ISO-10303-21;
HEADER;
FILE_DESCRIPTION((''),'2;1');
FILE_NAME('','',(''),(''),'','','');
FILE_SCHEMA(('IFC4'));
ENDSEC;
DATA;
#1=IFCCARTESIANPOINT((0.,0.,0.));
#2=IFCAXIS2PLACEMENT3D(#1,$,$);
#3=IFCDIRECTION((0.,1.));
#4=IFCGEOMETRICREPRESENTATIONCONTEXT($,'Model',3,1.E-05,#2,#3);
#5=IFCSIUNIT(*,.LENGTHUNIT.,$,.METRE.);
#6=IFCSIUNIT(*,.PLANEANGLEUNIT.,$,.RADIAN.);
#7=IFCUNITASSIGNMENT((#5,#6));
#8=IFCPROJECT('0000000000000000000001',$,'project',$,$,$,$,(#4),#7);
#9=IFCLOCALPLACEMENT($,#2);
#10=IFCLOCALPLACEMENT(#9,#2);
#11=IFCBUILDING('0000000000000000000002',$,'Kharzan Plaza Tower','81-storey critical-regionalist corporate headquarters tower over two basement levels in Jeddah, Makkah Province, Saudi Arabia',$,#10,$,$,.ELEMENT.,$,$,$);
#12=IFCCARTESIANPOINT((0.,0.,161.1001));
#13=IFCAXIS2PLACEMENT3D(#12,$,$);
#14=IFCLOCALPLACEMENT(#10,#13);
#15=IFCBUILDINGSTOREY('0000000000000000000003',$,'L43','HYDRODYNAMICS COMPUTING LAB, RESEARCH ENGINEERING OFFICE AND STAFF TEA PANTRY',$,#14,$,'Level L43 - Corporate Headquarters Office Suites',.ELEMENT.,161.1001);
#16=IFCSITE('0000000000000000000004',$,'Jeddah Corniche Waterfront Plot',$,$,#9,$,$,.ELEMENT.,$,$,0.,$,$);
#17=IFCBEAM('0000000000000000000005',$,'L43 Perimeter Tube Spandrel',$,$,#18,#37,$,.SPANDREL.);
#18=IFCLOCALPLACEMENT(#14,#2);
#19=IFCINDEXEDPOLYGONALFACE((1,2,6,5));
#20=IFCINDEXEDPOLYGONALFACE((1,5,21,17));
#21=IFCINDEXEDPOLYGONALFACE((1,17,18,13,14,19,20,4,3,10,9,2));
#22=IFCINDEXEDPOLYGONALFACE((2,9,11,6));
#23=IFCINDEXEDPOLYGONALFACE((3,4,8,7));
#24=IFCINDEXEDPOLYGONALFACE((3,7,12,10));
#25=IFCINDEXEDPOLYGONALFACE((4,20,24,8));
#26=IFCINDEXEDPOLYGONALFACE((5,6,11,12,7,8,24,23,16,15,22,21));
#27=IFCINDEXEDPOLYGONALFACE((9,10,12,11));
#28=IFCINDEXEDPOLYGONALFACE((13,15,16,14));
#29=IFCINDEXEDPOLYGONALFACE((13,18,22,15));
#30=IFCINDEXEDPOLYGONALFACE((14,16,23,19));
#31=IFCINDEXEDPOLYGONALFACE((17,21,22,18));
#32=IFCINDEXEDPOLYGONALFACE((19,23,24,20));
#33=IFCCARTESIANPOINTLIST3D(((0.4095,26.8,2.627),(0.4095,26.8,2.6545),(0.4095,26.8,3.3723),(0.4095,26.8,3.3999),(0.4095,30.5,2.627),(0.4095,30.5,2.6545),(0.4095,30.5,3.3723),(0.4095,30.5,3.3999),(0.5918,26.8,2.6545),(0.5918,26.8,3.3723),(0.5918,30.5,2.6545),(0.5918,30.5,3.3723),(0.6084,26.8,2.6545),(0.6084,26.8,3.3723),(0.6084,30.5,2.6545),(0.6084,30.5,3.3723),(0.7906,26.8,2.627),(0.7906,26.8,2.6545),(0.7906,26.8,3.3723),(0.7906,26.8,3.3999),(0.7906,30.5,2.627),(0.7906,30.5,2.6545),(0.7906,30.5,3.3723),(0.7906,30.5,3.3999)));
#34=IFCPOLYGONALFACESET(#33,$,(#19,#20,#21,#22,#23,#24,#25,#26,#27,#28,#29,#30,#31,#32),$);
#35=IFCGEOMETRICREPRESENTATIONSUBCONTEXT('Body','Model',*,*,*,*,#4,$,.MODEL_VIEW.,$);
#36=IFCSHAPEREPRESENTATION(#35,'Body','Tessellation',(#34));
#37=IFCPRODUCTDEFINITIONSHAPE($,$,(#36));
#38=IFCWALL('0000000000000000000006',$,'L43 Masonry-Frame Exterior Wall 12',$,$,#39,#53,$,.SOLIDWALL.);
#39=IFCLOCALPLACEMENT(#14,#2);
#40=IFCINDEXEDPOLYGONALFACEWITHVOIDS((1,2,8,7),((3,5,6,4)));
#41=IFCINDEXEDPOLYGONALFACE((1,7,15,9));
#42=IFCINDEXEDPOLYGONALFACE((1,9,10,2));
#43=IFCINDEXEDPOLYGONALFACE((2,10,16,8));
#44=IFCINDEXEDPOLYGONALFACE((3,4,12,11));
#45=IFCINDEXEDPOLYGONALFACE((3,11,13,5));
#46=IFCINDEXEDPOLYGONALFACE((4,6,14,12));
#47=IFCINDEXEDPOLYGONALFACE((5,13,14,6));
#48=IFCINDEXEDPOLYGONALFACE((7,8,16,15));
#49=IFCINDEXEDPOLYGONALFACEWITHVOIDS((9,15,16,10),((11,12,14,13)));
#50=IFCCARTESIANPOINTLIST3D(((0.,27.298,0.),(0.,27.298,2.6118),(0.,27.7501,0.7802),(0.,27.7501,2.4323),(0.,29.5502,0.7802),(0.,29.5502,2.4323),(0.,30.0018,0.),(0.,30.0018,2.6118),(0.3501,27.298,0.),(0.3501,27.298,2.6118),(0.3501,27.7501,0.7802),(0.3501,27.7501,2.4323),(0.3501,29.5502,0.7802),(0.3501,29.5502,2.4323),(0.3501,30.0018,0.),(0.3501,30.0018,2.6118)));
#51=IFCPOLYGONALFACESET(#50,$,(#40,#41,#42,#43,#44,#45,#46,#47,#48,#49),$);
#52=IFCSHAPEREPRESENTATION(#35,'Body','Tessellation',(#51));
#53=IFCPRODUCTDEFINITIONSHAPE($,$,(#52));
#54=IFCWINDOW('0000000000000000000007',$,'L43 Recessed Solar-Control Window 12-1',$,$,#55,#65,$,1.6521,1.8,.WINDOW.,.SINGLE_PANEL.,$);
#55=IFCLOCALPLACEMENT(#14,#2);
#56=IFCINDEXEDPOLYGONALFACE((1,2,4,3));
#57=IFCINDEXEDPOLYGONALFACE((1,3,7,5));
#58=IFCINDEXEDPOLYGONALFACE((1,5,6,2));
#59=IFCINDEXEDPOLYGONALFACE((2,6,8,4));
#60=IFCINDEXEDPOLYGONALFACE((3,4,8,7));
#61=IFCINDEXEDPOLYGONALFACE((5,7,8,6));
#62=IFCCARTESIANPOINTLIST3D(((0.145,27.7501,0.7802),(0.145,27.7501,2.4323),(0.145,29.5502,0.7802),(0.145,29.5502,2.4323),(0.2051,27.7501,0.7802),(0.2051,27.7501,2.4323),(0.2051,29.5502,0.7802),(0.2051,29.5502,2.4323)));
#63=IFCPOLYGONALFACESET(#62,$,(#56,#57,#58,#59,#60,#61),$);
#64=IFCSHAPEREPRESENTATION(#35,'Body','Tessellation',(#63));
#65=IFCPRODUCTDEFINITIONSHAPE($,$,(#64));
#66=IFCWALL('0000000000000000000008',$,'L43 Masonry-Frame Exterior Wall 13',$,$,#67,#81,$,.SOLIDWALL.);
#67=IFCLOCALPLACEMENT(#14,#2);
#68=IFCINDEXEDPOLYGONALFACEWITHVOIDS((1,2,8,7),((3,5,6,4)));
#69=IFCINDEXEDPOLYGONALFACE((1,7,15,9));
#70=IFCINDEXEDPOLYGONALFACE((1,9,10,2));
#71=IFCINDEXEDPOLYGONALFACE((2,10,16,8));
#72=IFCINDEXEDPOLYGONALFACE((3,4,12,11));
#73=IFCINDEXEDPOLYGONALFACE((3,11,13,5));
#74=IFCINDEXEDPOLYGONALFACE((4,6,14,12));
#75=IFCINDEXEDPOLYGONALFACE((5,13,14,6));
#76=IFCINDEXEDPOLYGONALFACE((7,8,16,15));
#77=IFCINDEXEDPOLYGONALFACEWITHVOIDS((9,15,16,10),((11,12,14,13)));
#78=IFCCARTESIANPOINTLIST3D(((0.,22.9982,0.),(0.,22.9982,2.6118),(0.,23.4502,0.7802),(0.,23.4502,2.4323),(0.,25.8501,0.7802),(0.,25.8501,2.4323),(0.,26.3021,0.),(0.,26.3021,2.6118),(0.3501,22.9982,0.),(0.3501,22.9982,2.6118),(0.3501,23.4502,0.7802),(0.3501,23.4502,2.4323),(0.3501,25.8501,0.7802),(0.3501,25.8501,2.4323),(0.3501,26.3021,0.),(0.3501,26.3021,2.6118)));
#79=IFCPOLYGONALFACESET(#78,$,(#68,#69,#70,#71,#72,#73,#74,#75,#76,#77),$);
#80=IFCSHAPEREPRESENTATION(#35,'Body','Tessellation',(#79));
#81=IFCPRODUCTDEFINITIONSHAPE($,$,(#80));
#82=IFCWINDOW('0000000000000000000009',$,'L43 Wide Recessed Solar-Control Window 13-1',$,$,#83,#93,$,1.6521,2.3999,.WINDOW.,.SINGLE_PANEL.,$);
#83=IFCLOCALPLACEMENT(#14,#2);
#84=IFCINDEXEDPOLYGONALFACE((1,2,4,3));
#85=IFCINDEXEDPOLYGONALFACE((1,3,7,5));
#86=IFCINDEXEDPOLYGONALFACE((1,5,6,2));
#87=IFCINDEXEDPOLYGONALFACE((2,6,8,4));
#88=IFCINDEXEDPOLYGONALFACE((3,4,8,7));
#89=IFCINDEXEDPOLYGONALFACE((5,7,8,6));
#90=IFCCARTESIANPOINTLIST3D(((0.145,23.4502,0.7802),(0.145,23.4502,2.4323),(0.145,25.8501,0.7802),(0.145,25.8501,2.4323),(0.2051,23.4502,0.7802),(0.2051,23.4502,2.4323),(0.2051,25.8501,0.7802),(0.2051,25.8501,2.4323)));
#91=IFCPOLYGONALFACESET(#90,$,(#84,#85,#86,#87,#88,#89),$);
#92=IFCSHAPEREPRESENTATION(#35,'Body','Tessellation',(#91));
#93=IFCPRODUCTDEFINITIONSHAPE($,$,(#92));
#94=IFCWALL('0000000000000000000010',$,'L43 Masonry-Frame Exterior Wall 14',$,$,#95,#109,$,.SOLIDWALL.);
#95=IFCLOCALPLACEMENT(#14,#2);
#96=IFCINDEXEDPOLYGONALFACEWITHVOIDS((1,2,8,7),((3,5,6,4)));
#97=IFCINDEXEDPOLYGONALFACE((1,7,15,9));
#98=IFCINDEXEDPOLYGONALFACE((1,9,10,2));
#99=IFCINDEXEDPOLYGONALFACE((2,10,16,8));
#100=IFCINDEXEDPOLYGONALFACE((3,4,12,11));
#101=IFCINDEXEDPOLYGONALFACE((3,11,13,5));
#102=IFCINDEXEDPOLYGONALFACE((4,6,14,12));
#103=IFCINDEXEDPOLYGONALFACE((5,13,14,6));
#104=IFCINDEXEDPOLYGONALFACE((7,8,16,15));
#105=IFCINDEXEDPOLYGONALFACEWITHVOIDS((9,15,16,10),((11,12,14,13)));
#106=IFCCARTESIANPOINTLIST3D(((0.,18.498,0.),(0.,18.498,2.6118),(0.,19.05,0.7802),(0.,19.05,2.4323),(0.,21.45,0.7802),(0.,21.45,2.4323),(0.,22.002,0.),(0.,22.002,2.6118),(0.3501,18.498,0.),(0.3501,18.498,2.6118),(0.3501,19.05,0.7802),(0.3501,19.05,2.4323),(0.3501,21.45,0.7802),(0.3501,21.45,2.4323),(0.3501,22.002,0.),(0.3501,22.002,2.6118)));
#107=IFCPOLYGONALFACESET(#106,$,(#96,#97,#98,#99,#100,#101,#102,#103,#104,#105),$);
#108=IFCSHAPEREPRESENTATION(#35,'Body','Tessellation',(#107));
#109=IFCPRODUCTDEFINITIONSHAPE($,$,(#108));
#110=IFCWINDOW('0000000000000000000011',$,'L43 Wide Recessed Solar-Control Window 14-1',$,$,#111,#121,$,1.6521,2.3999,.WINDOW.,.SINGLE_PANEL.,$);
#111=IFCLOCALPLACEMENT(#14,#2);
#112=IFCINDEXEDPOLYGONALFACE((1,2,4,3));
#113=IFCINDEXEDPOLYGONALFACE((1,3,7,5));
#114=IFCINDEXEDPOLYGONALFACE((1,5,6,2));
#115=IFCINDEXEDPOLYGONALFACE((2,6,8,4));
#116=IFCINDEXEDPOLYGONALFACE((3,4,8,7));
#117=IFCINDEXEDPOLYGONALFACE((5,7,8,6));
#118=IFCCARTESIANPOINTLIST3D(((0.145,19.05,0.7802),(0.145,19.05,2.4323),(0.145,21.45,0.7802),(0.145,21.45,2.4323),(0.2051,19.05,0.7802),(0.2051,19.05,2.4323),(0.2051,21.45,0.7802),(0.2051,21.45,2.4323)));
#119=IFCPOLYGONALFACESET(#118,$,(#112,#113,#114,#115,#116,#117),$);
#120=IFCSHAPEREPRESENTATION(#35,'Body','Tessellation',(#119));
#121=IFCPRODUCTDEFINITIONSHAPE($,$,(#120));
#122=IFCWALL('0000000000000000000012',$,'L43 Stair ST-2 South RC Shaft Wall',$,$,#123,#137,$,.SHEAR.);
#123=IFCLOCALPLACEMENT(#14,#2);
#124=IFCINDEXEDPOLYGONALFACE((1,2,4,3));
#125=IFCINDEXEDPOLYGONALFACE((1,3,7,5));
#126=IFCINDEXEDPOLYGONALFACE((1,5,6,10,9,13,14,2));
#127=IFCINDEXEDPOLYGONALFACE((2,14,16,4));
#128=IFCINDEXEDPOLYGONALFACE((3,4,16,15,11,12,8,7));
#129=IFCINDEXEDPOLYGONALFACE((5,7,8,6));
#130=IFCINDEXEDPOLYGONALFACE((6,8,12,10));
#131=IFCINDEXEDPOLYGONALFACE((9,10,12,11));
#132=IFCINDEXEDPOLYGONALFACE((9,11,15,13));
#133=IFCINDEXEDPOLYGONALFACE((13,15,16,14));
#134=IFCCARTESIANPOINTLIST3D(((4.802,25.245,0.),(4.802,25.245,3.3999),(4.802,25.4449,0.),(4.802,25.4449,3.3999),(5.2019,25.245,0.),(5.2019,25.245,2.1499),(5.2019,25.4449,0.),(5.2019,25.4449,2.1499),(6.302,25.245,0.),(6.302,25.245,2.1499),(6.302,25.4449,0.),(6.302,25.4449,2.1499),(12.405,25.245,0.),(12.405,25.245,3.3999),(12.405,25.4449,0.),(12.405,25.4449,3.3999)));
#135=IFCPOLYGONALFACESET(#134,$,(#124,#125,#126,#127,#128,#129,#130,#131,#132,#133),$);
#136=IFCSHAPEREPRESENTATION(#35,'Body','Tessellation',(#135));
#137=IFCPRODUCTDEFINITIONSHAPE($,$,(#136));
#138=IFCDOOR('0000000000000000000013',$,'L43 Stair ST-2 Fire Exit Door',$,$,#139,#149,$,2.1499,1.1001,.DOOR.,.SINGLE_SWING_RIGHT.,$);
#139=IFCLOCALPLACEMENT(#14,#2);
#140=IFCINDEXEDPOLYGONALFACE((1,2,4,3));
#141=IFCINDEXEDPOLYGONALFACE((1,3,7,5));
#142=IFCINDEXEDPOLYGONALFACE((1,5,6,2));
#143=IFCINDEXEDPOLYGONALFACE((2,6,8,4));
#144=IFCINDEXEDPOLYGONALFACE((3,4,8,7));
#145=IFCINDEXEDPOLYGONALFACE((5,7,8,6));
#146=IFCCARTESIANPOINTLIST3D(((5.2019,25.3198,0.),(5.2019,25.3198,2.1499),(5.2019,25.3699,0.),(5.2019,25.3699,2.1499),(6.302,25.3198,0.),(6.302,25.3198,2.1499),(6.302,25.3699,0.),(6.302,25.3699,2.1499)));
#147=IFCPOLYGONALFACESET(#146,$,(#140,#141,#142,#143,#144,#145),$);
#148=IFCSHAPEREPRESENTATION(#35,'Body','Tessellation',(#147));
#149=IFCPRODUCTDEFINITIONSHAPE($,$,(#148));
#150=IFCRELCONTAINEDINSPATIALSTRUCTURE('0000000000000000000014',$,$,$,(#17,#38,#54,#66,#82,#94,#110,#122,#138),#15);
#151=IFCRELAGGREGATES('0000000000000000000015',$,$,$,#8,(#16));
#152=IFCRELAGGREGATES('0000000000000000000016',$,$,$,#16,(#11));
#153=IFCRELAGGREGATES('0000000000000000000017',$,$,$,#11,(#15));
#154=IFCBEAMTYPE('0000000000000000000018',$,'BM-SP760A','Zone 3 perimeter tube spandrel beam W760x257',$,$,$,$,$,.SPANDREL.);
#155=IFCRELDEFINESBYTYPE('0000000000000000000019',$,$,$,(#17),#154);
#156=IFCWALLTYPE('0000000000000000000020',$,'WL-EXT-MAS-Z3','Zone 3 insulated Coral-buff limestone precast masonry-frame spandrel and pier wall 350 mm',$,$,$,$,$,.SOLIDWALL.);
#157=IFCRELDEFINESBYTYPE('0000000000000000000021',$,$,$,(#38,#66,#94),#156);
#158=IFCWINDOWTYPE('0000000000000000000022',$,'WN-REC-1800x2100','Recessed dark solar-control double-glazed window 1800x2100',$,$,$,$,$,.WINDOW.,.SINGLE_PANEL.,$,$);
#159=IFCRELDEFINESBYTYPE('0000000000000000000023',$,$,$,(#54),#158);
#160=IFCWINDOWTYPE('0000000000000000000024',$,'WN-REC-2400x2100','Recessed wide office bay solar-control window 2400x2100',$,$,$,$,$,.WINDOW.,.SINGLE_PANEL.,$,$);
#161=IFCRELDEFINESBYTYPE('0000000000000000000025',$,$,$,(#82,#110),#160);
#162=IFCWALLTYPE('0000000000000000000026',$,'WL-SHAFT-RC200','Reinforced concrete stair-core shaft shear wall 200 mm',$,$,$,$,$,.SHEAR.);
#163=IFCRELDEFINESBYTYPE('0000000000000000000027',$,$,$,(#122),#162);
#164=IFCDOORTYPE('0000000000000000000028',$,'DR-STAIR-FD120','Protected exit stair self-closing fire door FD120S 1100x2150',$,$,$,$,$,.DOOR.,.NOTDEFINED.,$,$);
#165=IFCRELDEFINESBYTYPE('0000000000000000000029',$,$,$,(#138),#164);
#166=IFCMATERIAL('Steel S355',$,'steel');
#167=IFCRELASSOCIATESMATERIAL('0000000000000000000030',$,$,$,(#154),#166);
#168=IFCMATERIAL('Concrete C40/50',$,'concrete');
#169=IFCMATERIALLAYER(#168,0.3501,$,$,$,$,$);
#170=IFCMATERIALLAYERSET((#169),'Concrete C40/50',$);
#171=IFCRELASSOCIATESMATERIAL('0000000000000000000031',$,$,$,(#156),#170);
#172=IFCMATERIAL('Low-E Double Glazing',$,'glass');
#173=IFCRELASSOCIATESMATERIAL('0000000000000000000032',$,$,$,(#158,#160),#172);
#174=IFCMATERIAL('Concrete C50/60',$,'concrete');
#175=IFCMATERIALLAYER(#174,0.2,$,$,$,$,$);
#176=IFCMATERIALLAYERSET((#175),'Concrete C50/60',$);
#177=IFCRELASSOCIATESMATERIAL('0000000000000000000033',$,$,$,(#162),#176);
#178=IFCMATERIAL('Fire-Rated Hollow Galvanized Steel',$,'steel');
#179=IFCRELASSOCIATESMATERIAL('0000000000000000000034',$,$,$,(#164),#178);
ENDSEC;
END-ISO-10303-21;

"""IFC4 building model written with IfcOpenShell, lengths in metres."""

from ifc_helpers import new_model, si_unit, direction, frame, frame_2d, origin, origin_2d, place, context, subcontext, project, spatial, rectangle, i_section, extrude, source, transform, mapped, material, layer, layer_set, material_profile, profile_set, type_object, element, fill, save


model = new_model("IFC4")

# Units and contexts
model_context = context("Model", 3, precision=1e-05, world=origin(), true_north=direction((0.0, 1.0)))
body_context = subcontext(model_context, "Body", "Model", "MODEL_VIEW")
ifc_project = project(units=[si_unit("LENGTHUNIT", "METRE"), si_unit("PLANEANGLEUNIT", "RADIAN")], contexts=[model_context])

# Site, building, storey
site_placement = place(None, origin())
site = spatial("IfcSite", under=ifc_project, at=site_placement, Name="Jeddah Corniche Waterfront Plot", CompositionType="ELEMENT", RefElevation=0.0)
building_placement = place(site_placement, origin())
building = spatial("IfcBuilding", under=site, at=building_placement, Name="Kharzan Plaza Tower", Description="81-storey critical-regionalist corporate headquarters tower over two basement levels in Jeddah, Makkah Province, Saudi Arabia", CompositionType="ELEMENT")
storey_placement = place(building_placement, frame((0.0, 0.0, 161.1001)))
storey = spatial("IfcBuildingStorey", under=building, at=storey_placement, Name="L43", Description="HYDRODYNAMICS COMPUTING LAB, RESEARCH ENGINEERING OFFICE AND STAFF TEA PANTRY", LongName="Level L43 - Corporate Headquarters Office Suites", CompositionType="ELEMENT", Elevation=161.1001)

# Shared definitions
ifc_material_1 = material(Name="Concrete C50/60", Category="concrete")

# Beam
ifc_material_2 = material(Name="Steel S355", Category="steel")
ifc_material_profile_1 = material_profile(ifc_material_2, i_section(OverallWidth=0.3811, OverallDepth=0.7729, WebThickness=0.0166, FlangeThickness=0.0276, at=origin_2d()), Name="W760x257")
ifc_profile_set_1 = profile_set([ifc_material_profile_1], Name="Steel S355")
beam_type_1 = type_object("IfcBeamType", Name="BM-SP760A", Description="Zone 3 perimeter tube spandrel beam W760x257", PredefinedType="SPANDREL", material=ifc_profile_set_1)
shared_shape_1 = source(origin(), body_context, "Body", "SweptSolid", [
    extrude(i_section(OverallWidth=0.3811, OverallDepth=0.7729, WebThickness=0.0166, FlangeThickness=0.0276, at=origin_2d()), origin(), (0.0, 0.0, 1.0), 3.7),
])
beam_1_placement = place(storey_placement, frame((0.6001, 26.8, 3.0134), z_axis=(0.0, 1.0, 0.0), x_axis=(-1.0, 0.0, 0.0)))
element("IfcBeam", 1, at=beam_1_placement, inside=storey, type_object=beam_type_1, Name="L43 Perimeter Tube Spandrel", PredefinedType="SPANDREL", context=body_context, shape_type="MappedRepresentation", body=[
    mapped(shared_shape_1, transform((0.0, 0.0, 0.0), x_axis=(1.0, 0.0, 0.0), y_axis=(0.0, 1.0, 0.0), z_axis=(0.0, 0.0, 1.0))),
])

# Walls, openings, windows
ifc_material_3 = material(Name="Concrete C40/50", Category="concrete")
ifc_layer_1 = layer(ifc_material_3, 0.3501)
ifc_layer_set_1 = layer_set([ifc_layer_1], Name="Concrete C40/50")
wall_type_1 = type_object("IfcWallType", Name="WL-EXT-MAS-Z3", Description="Zone 3 insulated Coral-buff limestone precast masonry-frame spandrel and pier wall 350 mm", PredefinedType="SOLIDWALL", material=ifc_layer_set_1)
wall_1_placement = place(storey_placement, frame((0.175, 30.002, 0.0), z_axis=(0.0, 0.0, 1.0), x_axis=(0.0, -1.0, 0.0)))
wall_1 = element("IfcWall", 2, at=wall_1_placement, inside=storey, type_object=wall_type_1, Name="L43 Masonry-Frame Exterior Wall 12", PredefinedType="SOLIDWALL", context=body_context, shape_type="SweptSolid", body=[
    extrude(rectangle(XDim=2.7039, YDim=0.3501, at=frame_2d((1.3521, 0.0))), origin(), (0.0, 0.0, 1.0), 2.6118),
])
opening_1_placement = place(wall_1_placement, frame((0.4519, 0.0, 0.78)))
opening_1 = element("IfcOpeningElement", 3, at=opening_1_placement, cuts=wall_1, PredefinedType="OPENING", context=body_context, shape_type="SweptSolid", body=[
    extrude(rectangle(XDim=1.8, YDim=1.6521, at=frame_2d((0.8999, 0.8262))), frame((0.0, 0.1851, 0.0), z_axis=(0.0, -1.0, 0.0), x_axis=(1.0, 0.0, 0.0)), (0.0, 0.0, 1.0), 0.3701),
])
ifc_material_4 = material(Name="Low-E Double Glazing", Category="glass")
window_type_1 = type_object("IfcWindowType", Name="WN-REC-1800x2100", Description="Recessed dark solar-control double-glazed window 1800x2100", PartitioningType="SINGLE_PANEL", PredefinedType="WINDOW", material=ifc_material_4)
shared_shape_2 = source(origin(), body_context, "Body", "SweptSolid", [
    extrude(rectangle(XDim=1.8, YDim=1.6521, at=frame_2d((0.8999, 0.8262))), frame((0.0, 0.03, 0.0), z_axis=(0.0, -1.0, 0.0), x_axis=(1.0, 0.0, 0.0)), (0.0, 0.0, 1.0), 0.0601),
])
window_1_placement = place(opening_1_placement, origin())
window_1 = element("IfcWindow", 4, at=window_1_placement, inside=storey, type_object=window_type_1, Name="L43 Recessed Solar-Control Window 12-1", OverallHeight=1.6521, OverallWidth=1.8, PartitioningType="SINGLE_PANEL", PredefinedType="WINDOW", context=body_context, shape_type="MappedRepresentation", body=[
    mapped(shared_shape_2, transform((0.0, 0.0, 0.0), x_axis=(1.0, 0.0, 0.0), y_axis=(0.0, 1.0, 0.0), z_axis=(0.0, 0.0, 1.0))),
])
fill(opening_1, window_1)
wall_2_placement = place(storey_placement, frame((0.175, 26.302, 0.0), z_axis=(0.0, 0.0, 1.0), x_axis=(0.0, -1.0, 0.0)))
wall_2 = element("IfcWall", 5, at=wall_2_placement, inside=storey, type_object=wall_type_1, Name="L43 Masonry-Frame Exterior Wall 13", PredefinedType="SOLIDWALL", context=body_context, shape_type="SweptSolid", body=[
    extrude(rectangle(XDim=3.304, YDim=0.3501, at=frame_2d((1.6519, 0.0))), origin(), (0.0, 0.0, 1.0), 2.6118),
])
opening_2_placement = place(wall_2_placement, frame((0.4519, 0.0, 0.78)))
opening_2 = element("IfcOpeningElement", 6, at=opening_2_placement, cuts=wall_2, PredefinedType="OPENING", context=body_context, shape_type="SweptSolid", body=[
    extrude(rectangle(XDim=2.3999, YDim=1.6521, at=frame_2d((1.2, 0.8262))), frame((0.0, 0.1851, 0.0), z_axis=(0.0, -1.0, 0.0), x_axis=(1.0, 0.0, 0.0)), (0.0, 0.0, 1.0), 0.3701),
])
window_type_2 = type_object("IfcWindowType", Name="WN-REC-2400x2100", Description="Recessed wide office bay solar-control window 2400x2100", PartitioningType="SINGLE_PANEL", PredefinedType="WINDOW", material=ifc_material_4)
shared_shape_3 = source(origin(), body_context, "Body", "SweptSolid", [
    extrude(rectangle(XDim=2.3999, YDim=1.6521, at=frame_2d((1.2, 0.8262))), frame((0.0, 0.03, 0.0), z_axis=(0.0, -1.0, 0.0), x_axis=(1.0, 0.0, 0.0)), (0.0, 0.0, 1.0), 0.0601),
])
window_2_placement = place(opening_2_placement, origin())
window_2 = element("IfcWindow", 7, at=window_2_placement, inside=storey, type_object=window_type_2, Name="L43 Wide Recessed Solar-Control Window 13-1", OverallHeight=1.6521, OverallWidth=2.3999, PartitioningType="SINGLE_PANEL", PredefinedType="WINDOW", context=body_context, shape_type="MappedRepresentation", body=[
    mapped(shared_shape_3, transform((0.0, 0.0, 0.0), x_axis=(1.0, 0.0, 0.0), y_axis=(0.0, 1.0, 0.0), z_axis=(0.0, 0.0, 1.0))),
])
fill(opening_2, window_2)
wall_3_placement = place(storey_placement, frame((0.175, 22.002, 0.0), z_axis=(0.0, 0.0, 1.0), x_axis=(0.0, -1.0, 0.0)))
wall_3 = element("IfcWall", 8, at=wall_3_placement, inside=storey, type_object=wall_type_1, Name="L43 Masonry-Frame Exterior Wall 14", PredefinedType="SOLIDWALL", context=body_context, shape_type="SweptSolid", body=[
    extrude(rectangle(XDim=3.5039, YDim=0.3501, at=frame_2d((1.752, 0.0))), origin(), (0.0, 0.0, 1.0), 2.6118),
])
opening_3_placement = place(wall_3_placement, frame((0.552, 0.0, 0.78)))
opening_3 = element("IfcOpeningElement", 9, at=opening_3_placement, cuts=wall_3, PredefinedType="OPENING", context=body_context, shape_type="SweptSolid", body=[
    extrude(rectangle(XDim=2.3999, YDim=1.6521, at=frame_2d((1.2, 0.8262))), frame((0.0, 0.1851, 0.0), z_axis=(0.0, -1.0, 0.0), x_axis=(1.0, 0.0, 0.0)), (0.0, 0.0, 1.0), 0.3701),
])
window_3_placement = place(opening_3_placement, origin())
window_3 = element("IfcWindow", 10, at=window_3_placement, inside=storey, type_object=window_type_2, Name="L43 Wide Recessed Solar-Control Window 14-1", OverallHeight=1.6521, OverallWidth=2.3999, PartitioningType="SINGLE_PANEL", PredefinedType="WINDOW", context=body_context, shape_type="MappedRepresentation", body=[
    mapped(shared_shape_3, transform((0.0, 0.0, 0.0), x_axis=(1.0, 0.0, 0.0), y_axis=(0.0, 1.0, 0.0), z_axis=(0.0, 0.0, 1.0))),
])
fill(opening_3, window_3)

# Wall, opening, door
ifc_layer_2 = layer(ifc_material_1, 0.2)
ifc_layer_set_2 = layer_set([ifc_layer_2], Name="Concrete C50/60")
wall_type_2 = type_object("IfcWallType", Name="WL-SHAFT-RC200", Description="Reinforced concrete stair-core shaft shear wall 200 mm", PredefinedType="SHEAR", material=ifc_layer_set_2)
wall_4_placement = place(storey_placement, frame((4.802, 25.345, 0.0), z_axis=(0.0, 0.0, 1.0), x_axis=(1.0, 0.0, 0.0)))
wall_4 = element("IfcWall", 11, at=wall_4_placement, inside=storey, type_object=wall_type_2, Name="L43 Stair ST-2 South RC Shaft Wall", PredefinedType="SHEAR", context=body_context, shape_type="SweptSolid", body=[
    extrude(rectangle(XDim=7.603, YDim=0.2, at=frame_2d((3.8015, 0.0))), origin(), (0.0, 0.0, 1.0), 3.3999),
])
opening_4_placement = place(wall_4_placement, frame((0.3999, 0.0, 0.0)))
opening_4 = element("IfcOpeningElement", 12, at=opening_4_placement, cuts=wall_4, PredefinedType="OPENING", context=body_context, shape_type="SweptSolid", body=[
    extrude(rectangle(XDim=1.1001, YDim=2.1499, at=frame_2d((0.55, 1.075))), frame((0.0, 0.1099, 0.0), z_axis=(0.0, -1.0, 0.0), x_axis=(1.0, 0.0, 0.0)), (0.0, 0.0, 1.0), 0.22),
])
ifc_material_5 = material(Name="Fire-Rated Hollow Galvanized Steel", Category="steel")
door_type = type_object("IfcDoorType", Name="DR-STAIR-FD120", Description="Protected exit stair self-closing fire door FD120S 1100x2150", OperationType="NOTDEFINED", PredefinedType="DOOR", material=ifc_material_5)
shared_shape_4 = source(origin(), body_context, "Body", "SweptSolid", [
    extrude(rectangle(XDim=1.1001, YDim=2.1499, at=frame_2d((0.55, 1.075))), frame((0.0, 0.0249, 0.0), z_axis=(0.0, -1.0, 0.0), x_axis=(1.0, 0.0, 0.0)), (0.0, 0.0, 1.0), 0.05),
])
door_placement = place(opening_4_placement, origin())
door = element("IfcDoor", 13, at=door_placement, inside=storey, type_object=door_type, Name="L43 Stair ST-2 Fire Exit Door", OperationType="SINGLE_SWING_RIGHT", OverallHeight=2.1499, OverallWidth=1.1001, PredefinedType="DOOR", context=body_context, shape_type="MappedRepresentation", body=[
    mapped(shared_shape_4, transform((0.0, 0.0, 0.0), x_axis=(1.0, 0.0, 0.0), y_axis=(0.0, 1.0, 0.0), z_axis=(0.0, 0.0, 1.0))),
])
fill(opening_4, door)

save(model, "model.ifc")
